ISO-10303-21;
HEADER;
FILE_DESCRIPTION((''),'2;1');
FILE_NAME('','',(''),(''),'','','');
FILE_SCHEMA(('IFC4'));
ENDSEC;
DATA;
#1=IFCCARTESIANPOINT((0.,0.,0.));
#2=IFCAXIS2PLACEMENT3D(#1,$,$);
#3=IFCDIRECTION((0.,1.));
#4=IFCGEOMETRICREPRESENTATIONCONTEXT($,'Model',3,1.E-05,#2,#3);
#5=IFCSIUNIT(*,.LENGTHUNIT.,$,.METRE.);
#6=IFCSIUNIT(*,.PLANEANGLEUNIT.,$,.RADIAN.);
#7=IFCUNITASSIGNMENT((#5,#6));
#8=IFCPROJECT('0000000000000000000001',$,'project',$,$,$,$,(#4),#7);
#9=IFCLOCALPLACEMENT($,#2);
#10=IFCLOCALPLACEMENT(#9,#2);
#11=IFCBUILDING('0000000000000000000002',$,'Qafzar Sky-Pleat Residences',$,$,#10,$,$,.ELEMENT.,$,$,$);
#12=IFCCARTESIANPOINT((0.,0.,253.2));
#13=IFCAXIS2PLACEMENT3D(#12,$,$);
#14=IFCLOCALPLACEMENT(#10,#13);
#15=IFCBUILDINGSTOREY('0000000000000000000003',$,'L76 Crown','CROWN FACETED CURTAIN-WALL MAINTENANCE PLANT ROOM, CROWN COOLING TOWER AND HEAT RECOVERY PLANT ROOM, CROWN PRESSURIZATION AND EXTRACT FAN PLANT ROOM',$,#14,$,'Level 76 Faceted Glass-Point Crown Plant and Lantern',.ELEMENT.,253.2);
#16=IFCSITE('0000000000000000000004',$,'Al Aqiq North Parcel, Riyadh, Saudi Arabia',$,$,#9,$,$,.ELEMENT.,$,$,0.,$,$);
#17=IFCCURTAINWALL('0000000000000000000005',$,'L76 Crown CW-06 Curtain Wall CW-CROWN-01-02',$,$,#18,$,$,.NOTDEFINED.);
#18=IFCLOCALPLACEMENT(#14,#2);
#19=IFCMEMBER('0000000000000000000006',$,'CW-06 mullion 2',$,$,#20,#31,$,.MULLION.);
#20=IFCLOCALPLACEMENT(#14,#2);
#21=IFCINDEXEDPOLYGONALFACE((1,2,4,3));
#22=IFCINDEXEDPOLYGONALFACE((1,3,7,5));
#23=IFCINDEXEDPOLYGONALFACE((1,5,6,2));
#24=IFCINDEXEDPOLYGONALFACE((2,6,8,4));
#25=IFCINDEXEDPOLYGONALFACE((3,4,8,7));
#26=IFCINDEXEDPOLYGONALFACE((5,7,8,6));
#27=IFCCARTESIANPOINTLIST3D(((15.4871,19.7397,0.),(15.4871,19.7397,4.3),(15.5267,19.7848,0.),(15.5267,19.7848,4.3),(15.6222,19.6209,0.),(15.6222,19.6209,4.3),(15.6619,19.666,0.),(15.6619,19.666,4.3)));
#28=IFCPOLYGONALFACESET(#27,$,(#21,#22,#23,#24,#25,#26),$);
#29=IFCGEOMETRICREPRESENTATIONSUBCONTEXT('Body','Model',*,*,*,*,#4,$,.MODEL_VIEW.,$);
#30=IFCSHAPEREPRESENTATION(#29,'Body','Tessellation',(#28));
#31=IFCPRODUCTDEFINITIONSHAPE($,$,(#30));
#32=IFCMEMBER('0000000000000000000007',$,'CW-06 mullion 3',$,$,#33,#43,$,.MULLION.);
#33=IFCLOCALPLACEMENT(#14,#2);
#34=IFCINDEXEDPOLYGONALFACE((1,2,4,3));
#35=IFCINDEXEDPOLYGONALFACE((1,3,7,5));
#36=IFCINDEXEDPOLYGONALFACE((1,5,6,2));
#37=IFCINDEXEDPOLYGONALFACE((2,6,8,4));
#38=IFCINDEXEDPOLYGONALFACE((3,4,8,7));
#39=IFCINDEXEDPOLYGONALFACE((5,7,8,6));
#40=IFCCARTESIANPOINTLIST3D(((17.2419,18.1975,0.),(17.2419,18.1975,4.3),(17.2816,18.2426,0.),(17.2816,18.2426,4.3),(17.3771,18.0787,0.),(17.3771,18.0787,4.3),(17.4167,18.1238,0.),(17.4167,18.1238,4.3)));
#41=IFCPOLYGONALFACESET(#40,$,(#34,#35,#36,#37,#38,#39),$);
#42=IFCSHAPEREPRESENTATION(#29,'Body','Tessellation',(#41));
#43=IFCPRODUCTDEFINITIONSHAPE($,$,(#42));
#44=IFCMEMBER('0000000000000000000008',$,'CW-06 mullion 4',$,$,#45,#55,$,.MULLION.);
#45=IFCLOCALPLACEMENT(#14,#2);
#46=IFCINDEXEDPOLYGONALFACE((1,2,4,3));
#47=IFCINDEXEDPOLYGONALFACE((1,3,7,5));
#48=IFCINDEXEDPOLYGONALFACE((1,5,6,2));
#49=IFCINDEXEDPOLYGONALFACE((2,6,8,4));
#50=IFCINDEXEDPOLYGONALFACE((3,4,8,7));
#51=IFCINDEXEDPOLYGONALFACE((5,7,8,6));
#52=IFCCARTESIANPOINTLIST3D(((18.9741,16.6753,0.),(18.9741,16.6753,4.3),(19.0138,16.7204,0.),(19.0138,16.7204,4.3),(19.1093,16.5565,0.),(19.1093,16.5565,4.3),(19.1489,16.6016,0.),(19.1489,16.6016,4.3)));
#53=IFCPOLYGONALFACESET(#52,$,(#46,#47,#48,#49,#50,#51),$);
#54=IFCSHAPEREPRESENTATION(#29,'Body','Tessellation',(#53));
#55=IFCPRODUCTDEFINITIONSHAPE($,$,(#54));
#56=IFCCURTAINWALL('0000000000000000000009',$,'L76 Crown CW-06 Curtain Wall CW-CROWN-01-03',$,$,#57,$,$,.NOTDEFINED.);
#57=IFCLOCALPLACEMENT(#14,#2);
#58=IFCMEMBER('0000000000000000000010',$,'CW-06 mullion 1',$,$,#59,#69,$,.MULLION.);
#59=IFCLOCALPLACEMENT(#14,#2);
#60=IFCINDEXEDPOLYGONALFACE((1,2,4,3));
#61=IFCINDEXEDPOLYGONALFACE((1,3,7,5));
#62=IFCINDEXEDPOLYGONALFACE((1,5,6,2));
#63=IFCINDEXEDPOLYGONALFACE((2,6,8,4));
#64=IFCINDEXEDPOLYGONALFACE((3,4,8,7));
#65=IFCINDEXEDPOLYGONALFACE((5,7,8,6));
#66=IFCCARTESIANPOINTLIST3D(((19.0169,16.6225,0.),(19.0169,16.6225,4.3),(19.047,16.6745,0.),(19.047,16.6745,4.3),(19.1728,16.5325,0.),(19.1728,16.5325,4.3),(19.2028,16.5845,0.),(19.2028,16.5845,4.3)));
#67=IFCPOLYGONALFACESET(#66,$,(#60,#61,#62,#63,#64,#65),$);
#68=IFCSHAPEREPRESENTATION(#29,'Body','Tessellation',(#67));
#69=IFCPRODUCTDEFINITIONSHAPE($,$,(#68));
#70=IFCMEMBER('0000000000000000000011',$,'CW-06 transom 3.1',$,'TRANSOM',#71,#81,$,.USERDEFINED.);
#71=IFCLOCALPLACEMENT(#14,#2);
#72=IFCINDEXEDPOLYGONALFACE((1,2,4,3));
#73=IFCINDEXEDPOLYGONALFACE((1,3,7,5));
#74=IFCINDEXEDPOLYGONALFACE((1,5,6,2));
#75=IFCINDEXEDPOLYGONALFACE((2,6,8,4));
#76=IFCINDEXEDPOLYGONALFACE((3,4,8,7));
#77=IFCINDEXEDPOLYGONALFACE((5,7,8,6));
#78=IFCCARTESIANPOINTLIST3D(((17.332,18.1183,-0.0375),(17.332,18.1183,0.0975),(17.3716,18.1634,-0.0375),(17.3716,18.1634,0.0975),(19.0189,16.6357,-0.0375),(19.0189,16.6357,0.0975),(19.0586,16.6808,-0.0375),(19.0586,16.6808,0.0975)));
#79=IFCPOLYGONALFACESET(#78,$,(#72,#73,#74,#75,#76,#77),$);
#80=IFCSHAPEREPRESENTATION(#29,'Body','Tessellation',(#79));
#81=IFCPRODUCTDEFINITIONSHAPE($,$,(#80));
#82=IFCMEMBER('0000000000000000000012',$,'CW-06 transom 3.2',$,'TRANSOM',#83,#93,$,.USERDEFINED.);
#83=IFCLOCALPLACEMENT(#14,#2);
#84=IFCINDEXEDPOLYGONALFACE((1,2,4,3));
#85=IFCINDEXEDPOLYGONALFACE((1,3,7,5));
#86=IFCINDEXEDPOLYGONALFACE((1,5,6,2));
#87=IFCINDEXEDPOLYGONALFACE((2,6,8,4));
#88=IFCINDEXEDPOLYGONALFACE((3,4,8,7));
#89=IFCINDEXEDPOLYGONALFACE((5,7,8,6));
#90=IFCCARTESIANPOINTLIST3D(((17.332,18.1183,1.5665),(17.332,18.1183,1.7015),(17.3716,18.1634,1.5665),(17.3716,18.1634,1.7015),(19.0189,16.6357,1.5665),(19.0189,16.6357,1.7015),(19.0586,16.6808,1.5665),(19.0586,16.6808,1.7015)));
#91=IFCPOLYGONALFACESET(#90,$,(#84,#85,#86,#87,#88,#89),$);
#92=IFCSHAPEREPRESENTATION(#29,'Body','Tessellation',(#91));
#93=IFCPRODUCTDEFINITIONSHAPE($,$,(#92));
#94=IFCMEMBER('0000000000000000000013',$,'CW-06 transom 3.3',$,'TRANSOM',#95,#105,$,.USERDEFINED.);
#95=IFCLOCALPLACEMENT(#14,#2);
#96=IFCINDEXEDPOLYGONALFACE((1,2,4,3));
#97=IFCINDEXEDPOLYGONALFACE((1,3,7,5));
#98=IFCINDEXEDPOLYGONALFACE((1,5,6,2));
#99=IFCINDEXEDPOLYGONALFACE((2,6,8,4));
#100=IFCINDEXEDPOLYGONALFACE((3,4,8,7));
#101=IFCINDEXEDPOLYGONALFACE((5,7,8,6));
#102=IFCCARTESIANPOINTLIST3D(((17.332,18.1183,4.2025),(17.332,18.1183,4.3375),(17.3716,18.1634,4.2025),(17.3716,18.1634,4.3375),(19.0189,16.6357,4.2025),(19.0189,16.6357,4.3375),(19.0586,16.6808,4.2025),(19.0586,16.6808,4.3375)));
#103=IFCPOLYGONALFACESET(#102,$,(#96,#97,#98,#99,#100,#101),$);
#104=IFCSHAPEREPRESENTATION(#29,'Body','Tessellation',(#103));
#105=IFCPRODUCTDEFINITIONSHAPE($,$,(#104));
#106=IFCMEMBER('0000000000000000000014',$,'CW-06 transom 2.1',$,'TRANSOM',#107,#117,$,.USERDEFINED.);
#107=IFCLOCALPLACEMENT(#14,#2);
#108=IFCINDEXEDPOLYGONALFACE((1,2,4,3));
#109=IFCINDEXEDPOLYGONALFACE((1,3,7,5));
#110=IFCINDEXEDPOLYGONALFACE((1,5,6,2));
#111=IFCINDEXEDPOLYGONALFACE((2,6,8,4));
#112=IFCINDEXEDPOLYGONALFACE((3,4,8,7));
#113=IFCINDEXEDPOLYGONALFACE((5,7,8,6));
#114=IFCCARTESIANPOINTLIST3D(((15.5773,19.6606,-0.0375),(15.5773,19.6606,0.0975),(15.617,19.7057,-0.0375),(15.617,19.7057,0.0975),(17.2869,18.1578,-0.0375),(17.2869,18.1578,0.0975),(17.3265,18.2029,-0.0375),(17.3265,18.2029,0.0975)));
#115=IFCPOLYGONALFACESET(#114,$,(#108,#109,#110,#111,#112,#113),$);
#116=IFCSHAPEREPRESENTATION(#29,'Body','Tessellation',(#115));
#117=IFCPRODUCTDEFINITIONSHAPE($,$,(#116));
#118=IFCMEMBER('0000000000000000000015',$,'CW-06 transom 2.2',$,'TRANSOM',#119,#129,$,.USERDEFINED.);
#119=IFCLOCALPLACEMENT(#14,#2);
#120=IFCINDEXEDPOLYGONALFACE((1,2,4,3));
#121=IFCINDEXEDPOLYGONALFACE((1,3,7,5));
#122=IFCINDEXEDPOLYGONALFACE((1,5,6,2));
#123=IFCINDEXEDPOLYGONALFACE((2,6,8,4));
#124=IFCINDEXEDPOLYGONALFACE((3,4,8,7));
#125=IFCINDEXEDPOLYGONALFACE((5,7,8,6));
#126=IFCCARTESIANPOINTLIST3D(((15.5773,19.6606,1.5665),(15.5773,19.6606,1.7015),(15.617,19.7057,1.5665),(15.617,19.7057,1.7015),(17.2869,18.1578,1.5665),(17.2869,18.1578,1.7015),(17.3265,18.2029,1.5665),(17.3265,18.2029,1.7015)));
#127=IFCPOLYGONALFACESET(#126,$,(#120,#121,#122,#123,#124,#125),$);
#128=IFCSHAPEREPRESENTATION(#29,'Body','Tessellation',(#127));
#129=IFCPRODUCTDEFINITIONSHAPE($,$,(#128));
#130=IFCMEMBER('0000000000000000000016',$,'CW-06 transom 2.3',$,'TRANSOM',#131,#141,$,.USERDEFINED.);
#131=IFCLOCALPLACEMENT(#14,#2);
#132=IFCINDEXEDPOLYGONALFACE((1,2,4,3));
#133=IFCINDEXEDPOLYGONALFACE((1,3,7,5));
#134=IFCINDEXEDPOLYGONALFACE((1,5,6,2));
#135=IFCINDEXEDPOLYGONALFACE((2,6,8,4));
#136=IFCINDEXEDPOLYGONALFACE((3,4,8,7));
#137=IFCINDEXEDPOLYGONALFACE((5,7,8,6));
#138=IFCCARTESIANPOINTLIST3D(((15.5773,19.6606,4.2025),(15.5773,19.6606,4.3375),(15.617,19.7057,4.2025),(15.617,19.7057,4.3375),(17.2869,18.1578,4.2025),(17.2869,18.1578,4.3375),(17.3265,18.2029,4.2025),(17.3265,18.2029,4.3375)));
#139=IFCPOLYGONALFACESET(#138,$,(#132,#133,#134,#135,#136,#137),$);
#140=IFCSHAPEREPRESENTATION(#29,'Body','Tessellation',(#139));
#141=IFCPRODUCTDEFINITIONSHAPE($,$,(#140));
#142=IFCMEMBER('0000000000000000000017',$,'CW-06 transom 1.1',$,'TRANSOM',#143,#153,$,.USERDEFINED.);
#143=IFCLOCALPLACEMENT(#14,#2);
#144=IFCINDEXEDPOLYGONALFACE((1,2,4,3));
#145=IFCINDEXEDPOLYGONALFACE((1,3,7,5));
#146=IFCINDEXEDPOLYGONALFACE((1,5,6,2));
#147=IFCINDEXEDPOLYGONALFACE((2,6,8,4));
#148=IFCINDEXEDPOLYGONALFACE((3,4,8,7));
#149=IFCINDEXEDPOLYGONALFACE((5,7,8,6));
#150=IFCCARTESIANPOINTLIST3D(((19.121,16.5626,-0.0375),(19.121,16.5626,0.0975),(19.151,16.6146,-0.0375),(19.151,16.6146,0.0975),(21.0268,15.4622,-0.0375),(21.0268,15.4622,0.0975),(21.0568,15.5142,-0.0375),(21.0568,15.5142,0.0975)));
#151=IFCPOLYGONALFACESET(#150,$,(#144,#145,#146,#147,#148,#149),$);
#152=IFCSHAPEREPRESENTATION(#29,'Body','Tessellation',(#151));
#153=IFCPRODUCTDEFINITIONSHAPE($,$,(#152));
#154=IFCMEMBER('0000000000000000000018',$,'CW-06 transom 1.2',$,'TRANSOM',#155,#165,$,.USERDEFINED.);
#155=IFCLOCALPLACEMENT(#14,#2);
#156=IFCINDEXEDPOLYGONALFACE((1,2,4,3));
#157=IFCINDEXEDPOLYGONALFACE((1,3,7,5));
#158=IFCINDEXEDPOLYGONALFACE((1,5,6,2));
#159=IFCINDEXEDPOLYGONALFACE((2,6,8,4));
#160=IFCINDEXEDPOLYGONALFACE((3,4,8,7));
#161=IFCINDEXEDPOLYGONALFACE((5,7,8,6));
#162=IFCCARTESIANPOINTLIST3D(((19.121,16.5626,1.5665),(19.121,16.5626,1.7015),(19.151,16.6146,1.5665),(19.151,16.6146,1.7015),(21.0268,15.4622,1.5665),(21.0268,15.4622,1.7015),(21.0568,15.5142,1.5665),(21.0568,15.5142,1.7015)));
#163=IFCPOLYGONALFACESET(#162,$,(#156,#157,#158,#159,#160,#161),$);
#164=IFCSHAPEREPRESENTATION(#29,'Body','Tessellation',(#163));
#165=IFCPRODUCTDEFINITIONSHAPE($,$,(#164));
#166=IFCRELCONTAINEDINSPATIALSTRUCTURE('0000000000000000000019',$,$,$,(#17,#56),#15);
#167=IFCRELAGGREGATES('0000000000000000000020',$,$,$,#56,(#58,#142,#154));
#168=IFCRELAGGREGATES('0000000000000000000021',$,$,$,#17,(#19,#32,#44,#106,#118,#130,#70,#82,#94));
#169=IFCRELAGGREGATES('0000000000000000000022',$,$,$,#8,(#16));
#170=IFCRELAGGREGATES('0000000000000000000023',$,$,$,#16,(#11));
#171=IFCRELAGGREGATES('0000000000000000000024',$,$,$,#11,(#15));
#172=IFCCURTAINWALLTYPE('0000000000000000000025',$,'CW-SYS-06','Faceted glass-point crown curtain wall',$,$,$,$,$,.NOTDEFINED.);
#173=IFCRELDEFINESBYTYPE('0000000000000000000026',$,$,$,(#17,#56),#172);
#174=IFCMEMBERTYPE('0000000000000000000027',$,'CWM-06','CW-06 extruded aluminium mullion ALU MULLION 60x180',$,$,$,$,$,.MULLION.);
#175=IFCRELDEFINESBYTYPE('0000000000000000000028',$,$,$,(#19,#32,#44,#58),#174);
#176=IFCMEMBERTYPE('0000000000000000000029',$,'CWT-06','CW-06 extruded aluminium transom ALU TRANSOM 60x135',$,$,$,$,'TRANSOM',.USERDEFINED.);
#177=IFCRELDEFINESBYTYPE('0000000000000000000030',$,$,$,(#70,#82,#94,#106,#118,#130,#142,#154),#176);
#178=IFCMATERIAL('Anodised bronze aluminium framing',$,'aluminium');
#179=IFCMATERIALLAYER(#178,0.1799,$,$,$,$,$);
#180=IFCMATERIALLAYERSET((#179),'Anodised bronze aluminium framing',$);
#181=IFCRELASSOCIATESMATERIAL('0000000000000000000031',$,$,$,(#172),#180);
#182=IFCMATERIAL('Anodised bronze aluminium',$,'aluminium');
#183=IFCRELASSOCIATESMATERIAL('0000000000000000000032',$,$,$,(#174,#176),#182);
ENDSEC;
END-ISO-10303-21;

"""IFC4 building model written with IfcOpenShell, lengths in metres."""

from ifc_helpers import new_model, si_unit, direction, frame, origin, origin_2d, place, context, subcontext, project, spatial, rectangle, extrude, source, transform, mapped, material, layer, layer_set, material_profile, profile_set, type_object, element, aggregate, save


model = new_model("IFC4")

# Units and contexts
model_context = context("Model", 3, precision=1e-05, world=origin(), true_north=direction((0.0, 1.0)))
body_context = subcontext(model_context, "Body", "Model", "MODEL_VIEW")
ifc_project = project(units=[si_unit("LENGTHUNIT", "METRE"), si_unit("PLANEANGLEUNIT", "RADIAN")], contexts=[model_context])

# Site, building, storey
site_placement = place(None, origin())
site = spatial("IfcSite", under=ifc_project, at=site_placement, Name="Al Aqiq North Parcel, Riyadh, Saudi Arabia", CompositionType="ELEMENT", RefElevation=0.0)
building_placement = place(site_placement, origin())
building = spatial("IfcBuilding", under=site, at=building_placement, Name="Qafzar Sky-Pleat Residences", CompositionType="ELEMENT")
storey_placement = place(building_placement, frame((0.0, 0.0, 253.2)))
storey = spatial("IfcBuildingStorey", under=building, at=storey_placement, Name="L76 Crown", Description="CROWN FACETED CURTAIN-WALL MAINTENANCE PLANT ROOM, CROWN COOLING TOWER AND HEAT RECOVERY PLANT ROOM, CROWN PRESSURIZATION AND EXTRACT FAN PLANT ROOM", LongName="Level 76 Faceted Glass-Point Crown Plant and Lantern", CompositionType="ELEMENT", Elevation=253.2)

# Curtain wall, members
ifc_material_1 = material(Name="Anodised bronze aluminium framing", Category="aluminium")
ifc_layer_1 = layer(ifc_material_1, 0.1799)
ifc_layer_set_1 = layer_set([ifc_layer_1], Name="Anodised bronze aluminium framing")
curtain_wall_type = type_object("IfcCurtainWallType", Name="CW-SYS-06", Description="Faceted glass-point crown curtain wall", PredefinedType="NOTDEFINED", material=ifc_layer_set_1)
curtain_wall_1_placement = place(storey_placement, origin())
curtain_wall_1 = element("IfcCurtainWall", 1, at=curtain_wall_1_placement, inside=storey, type_object=curtain_wall_type, Name="L76 Crown CW-06 Curtain Wall CW-CROWN-01-02", PredefinedType="NOTDEFINED")
ifc_material_2 = material(Name="Anodised bronze aluminium", Category="aluminium")
ifc_material_profile_1 = material_profile(ifc_material_2, rectangle(XDim=0.0601, YDim=0.1799, at=origin_2d()), Name="ALU MULLION 60x180")
ifc_profile_set_1 = profile_set([ifc_material_profile_1], Name="Anodised bronze aluminium")
member_type_1 = type_object("IfcMemberType", Name="CWM-06", Description="CW-06 extruded aluminium mullion ALU MULLION 60x180", PredefinedType="MULLION", material=ifc_profile_set_1)
shared_shape_1 = source(origin(), body_context, "Body", "SweptSolid", [
    extrude(rectangle(XDim=0.0601, YDim=0.1799, at=origin_2d()), origin(), (0.0, 0.0, 1.0), 4.3),
])
member_1_placement = place(storey_placement, frame((15.5745, 19.7029, 0.0), z_axis=(0.0, 0.0, 1.0), x_axis=(0.660129, 0.751152, 0.0)))
member_1 = element("IfcMember", 2, at=member_1_placement, type_object=member_type_1, Name="CW-06 mullion 2", PredefinedType="MULLION", context=body_context, shape_type="MappedRepresentation", body=[
    mapped(shared_shape_1, transform((0.0, 0.0, 0.0), x_axis=(1.0, 0.0, 0.0), y_axis=(0.0, 1.0, 0.0), z_axis=(0.0, 0.0, 1.0), scale=1.0)),
])
member_2_placement = place(storey_placement, frame((17.3293, 18.1606, 0.0), z_axis=(0.0, 0.0, 1.0), x_axis=(0.660129, 0.751152, 0.0)))
member_2 = element("IfcMember", 3, at=member_2_placement, type_object=member_type_1, Name="CW-06 mullion 3", PredefinedType="MULLION", context=body_context, shape_type="MappedRepresentation", body=[
    mapped(shared_shape_1, transform((0.0, 0.0, 0.0), x_axis=(1.0, 0.0, 0.0), y_axis=(0.0, 1.0, 0.0), z_axis=(0.0, 0.0, 1.0), scale=1.0)),
])
member_3_placement = place(storey_placement, frame((19.0615, 16.6384, 0.0), z_axis=(0.0, 0.0, 1.0), x_axis=(0.660129, 0.751152, 0.0)))
member_3 = element("IfcMember", 4, at=member_3_placement, type_object=member_type_1, Name="CW-06 mullion 4", PredefinedType="MULLION", context=body_context, shape_type="MappedRepresentation", body=[
    mapped(shared_shape_1, transform((0.0, 0.0, 0.0), x_axis=(1.0, 0.0, 0.0), y_axis=(0.0, 1.0, 0.0), z_axis=(0.0, 0.0, 1.0), scale=1.0)),
])

# Curtain wall, member
curtain_wall_2_placement = place(storey_placement, origin())
curtain_wall_2 = element("IfcCurtainWall", 5, at=curtain_wall_2_placement, inside=storey, type_object=curtain_wall_type, Name="L76 Crown CW-06 Curtain Wall CW-CROWN-01-03", PredefinedType="NOTDEFINED")
member_4_placement = place(storey_placement, frame((19.1099, 16.6035, 0.0), z_axis=(0.0, 0.0, 1.0), x_axis=(0.5, 0.866025, 0.0)))
member_4 = element("IfcMember", 6, at=member_4_placement, type_object=member_type_1, Name="CW-06 mullion 1", PredefinedType="MULLION", context=body_context, shape_type="MappedRepresentation", body=[
    mapped(shared_shape_1, transform((0.0, 0.0, 0.0), x_axis=(1.0, 0.0, 0.0), y_axis=(0.0, 1.0, 0.0), z_axis=(0.0, 0.0, 1.0), scale=1.0)),
])

# Members
ifc_material_profile_2 = material_profile(ifc_material_2, rectangle(XDim=0.0601, YDim=0.135, at=origin_2d()), Name="ALU TRANSOM 60x135")
ifc_profile_set_2 = profile_set([ifc_material_profile_2], Name="Anodised bronze aluminium")
member_type_2 = type_object("IfcMemberType", Name="CWT-06", Description="CW-06 extruded aluminium transom ALU TRANSOM 60x135", ElementType="TRANSOM", PredefinedType="USERDEFINED", material=ifc_profile_set_2)
shared_shape_2 = source(origin(), body_context, "Body", "SweptSolid", [
    extrude(rectangle(XDim=0.0601, YDim=0.135, at=origin_2d()), origin(), (0.0, 0.0, 1.0), 2.2458),
])
member_5_placement = place(storey_placement, frame((17.3518, 18.1409, 0.03), z_axis=(0.751134, -0.66015, 0.0), x_axis=(0.66015, 0.751134, 0.0)))
member_5 = element("IfcMember", 7, at=member_5_placement, type_object=member_type_2, Name="CW-06 transom 3.1", ObjectType="TRANSOM", PredefinedType="USERDEFINED", context=body_context, shape_type="MappedRepresentation", body=[
    mapped(shared_shape_2, transform((0.0, 0.0, 0.0), x_axis=(1.0, 0.0, 0.0), y_axis=(0.0, 1.0, 0.0), z_axis=(0.0, 0.0, 1.0), scale=1.0)),
])
member_6_placement = place(storey_placement, frame((17.3518, 18.1409, 1.634), z_axis=(0.751134, -0.66015, 0.0), x_axis=(0.66015, 0.751134, 0.0)))
member_6 = element("IfcMember", 8, at=member_6_placement, type_object=member_type_2, Name="CW-06 transom 3.2", ObjectType="TRANSOM", PredefinedType="USERDEFINED", context=body_context, shape_type="MappedRepresentation", body=[
    mapped(shared_shape_2, transform((0.0, 0.0, 0.0), x_axis=(1.0, 0.0, 0.0), y_axis=(0.0, 1.0, 0.0), z_axis=(0.0, 0.0, 1.0), scale=1.0)),
])
member_7_placement = place(storey_placement, frame((17.3518, 18.1409, 4.27), z_axis=(0.751134, -0.66015, 0.0), x_axis=(0.66015, 0.751134, 0.0)))
member_7 = element("IfcMember", 9, at=member_7_placement, type_object=member_type_2, Name="CW-06 transom 3.3", ObjectType="TRANSOM", PredefinedType="USERDEFINED", context=body_context, shape_type="MappedRepresentation", body=[
    mapped(shared_shape_2, transform((0.0, 0.0, 0.0), x_axis=(1.0, 0.0, 0.0), y_axis=(0.0, 1.0, 0.0), z_axis=(0.0, 0.0, 1.0), scale=1.0)),
])
shared_shape_3 = source(origin(), body_context, "Body", "SweptSolid", [
    extrude(rectangle(XDim=0.0601, YDim=0.135, at=origin_2d()), origin(), (0.0, 0.0, 1.0), 2.2761),
])
member_8_placement = place(storey_placement, frame((15.5972, 19.6831, 0.03), z_axis=(0.751073, -0.660219, 0.0), x_axis=(0.660219, 0.751073, 0.0)))
member_8 = element("IfcMember", 10, at=member_8_placement, type_object=member_type_2, Name="CW-06 transom 2.1", ObjectType="TRANSOM", PredefinedType="USERDEFINED", context=body_context, shape_type="MappedRepresentation", body=[
    mapped(shared_shape_3, transform((0.0, 0.0, 0.0), x_axis=(1.0, 0.0, 0.0), y_axis=(0.0, 1.0, 0.0), z_axis=(0.0, 0.0, 1.0), scale=1.0)),
])
member_9_placement = place(storey_placement, frame((15.5972, 19.6831, 1.634), z_axis=(0.751073, -0.660219, 0.0), x_axis=(0.660219, 0.751073, 0.0)))
member_9 = element("IfcMember", 11, at=member_9_placement, type_object=member_type_2, Name="CW-06 transom 2.2", ObjectType="TRANSOM", PredefinedType="USERDEFINED", context=body_context, shape_type="MappedRepresentation", body=[
    mapped(shared_shape_3, transform((0.0, 0.0, 0.0), x_axis=(1.0, 0.0, 0.0), y_axis=(0.0, 1.0, 0.0), z_axis=(0.0, 0.0, 1.0), scale=1.0)),
])
member_10_placement = place(storey_placement, frame((15.5972, 19.6831, 4.27), z_axis=(0.751073, -0.660219, 0.0), x_axis=(0.660219, 0.751073, 0.0)))
member_10 = element("IfcMember", 12, at=member_10_placement, type_object=member_type_2, Name="CW-06 transom 2.3", ObjectType="TRANSOM", PredefinedType="USERDEFINED", context=body_context, shape_type="MappedRepresentation", body=[
    mapped(shared_shape_3, transform((0.0, 0.0, 0.0), x_axis=(1.0, 0.0, 0.0), y_axis=(0.0, 1.0, 0.0), z_axis=(0.0, 0.0, 1.0), scale=1.0)),
])
shared_shape_4 = source(origin(), body_context, "Body", "SweptSolid", [
    extrude(rectangle(XDim=0.0601, YDim=0.135, at=origin_2d()), origin(), (0.0, 0.0, 1.0), 2.2007),
])
member_11_placement = place(storey_placement, frame((19.136, 16.5886, 0.03), z_axis=(0.866016, -0.500017, 0.0), x_axis=(0.500017, 0.866016, 0.0)))
member_11 = element("IfcMember", 13, at=member_11_placement, type_object=member_type_2, Name="CW-06 transom 1.1", ObjectType="TRANSOM", PredefinedType="USERDEFINED", context=body_context, shape_type="MappedRepresentation", body=[
    mapped(shared_shape_4, transform((0.0, 0.0, 0.0), x_axis=(1.0, 0.0, 0.0), y_axis=(0.0, 1.0, 0.0), z_axis=(0.0, 0.0, 1.0), scale=1.0)),
])
member_12_placement = place(storey_placement, frame((19.136, 16.5886, 1.634), z_axis=(0.866016, -0.500017, 0.0), x_axis=(0.500017, 0.866016, 0.0)))
member_12 = element("IfcMember", 14, at=member_12_placement, type_object=member_type_2, Name="CW-06 transom 1.2", ObjectType="TRANSOM", PredefinedType="USERDEFINED", context=body_context, shape_type="MappedRepresentation", body=[
    mapped(shared_shape_4, transform((0.0, 0.0, 0.0), x_axis=(1.0, 0.0, 0.0), y_axis=(0.0, 1.0, 0.0), z_axis=(0.0, 0.0, 1.0), scale=1.0)),
])
aggregate(curtain_wall_2, [member_4, member_11, member_12])

aggregate(curtain_wall_1, [member_1, member_2, member_3, member_8, member_9, member_10, member_5, member_6, member_7])

save(model, "model.ifc")
